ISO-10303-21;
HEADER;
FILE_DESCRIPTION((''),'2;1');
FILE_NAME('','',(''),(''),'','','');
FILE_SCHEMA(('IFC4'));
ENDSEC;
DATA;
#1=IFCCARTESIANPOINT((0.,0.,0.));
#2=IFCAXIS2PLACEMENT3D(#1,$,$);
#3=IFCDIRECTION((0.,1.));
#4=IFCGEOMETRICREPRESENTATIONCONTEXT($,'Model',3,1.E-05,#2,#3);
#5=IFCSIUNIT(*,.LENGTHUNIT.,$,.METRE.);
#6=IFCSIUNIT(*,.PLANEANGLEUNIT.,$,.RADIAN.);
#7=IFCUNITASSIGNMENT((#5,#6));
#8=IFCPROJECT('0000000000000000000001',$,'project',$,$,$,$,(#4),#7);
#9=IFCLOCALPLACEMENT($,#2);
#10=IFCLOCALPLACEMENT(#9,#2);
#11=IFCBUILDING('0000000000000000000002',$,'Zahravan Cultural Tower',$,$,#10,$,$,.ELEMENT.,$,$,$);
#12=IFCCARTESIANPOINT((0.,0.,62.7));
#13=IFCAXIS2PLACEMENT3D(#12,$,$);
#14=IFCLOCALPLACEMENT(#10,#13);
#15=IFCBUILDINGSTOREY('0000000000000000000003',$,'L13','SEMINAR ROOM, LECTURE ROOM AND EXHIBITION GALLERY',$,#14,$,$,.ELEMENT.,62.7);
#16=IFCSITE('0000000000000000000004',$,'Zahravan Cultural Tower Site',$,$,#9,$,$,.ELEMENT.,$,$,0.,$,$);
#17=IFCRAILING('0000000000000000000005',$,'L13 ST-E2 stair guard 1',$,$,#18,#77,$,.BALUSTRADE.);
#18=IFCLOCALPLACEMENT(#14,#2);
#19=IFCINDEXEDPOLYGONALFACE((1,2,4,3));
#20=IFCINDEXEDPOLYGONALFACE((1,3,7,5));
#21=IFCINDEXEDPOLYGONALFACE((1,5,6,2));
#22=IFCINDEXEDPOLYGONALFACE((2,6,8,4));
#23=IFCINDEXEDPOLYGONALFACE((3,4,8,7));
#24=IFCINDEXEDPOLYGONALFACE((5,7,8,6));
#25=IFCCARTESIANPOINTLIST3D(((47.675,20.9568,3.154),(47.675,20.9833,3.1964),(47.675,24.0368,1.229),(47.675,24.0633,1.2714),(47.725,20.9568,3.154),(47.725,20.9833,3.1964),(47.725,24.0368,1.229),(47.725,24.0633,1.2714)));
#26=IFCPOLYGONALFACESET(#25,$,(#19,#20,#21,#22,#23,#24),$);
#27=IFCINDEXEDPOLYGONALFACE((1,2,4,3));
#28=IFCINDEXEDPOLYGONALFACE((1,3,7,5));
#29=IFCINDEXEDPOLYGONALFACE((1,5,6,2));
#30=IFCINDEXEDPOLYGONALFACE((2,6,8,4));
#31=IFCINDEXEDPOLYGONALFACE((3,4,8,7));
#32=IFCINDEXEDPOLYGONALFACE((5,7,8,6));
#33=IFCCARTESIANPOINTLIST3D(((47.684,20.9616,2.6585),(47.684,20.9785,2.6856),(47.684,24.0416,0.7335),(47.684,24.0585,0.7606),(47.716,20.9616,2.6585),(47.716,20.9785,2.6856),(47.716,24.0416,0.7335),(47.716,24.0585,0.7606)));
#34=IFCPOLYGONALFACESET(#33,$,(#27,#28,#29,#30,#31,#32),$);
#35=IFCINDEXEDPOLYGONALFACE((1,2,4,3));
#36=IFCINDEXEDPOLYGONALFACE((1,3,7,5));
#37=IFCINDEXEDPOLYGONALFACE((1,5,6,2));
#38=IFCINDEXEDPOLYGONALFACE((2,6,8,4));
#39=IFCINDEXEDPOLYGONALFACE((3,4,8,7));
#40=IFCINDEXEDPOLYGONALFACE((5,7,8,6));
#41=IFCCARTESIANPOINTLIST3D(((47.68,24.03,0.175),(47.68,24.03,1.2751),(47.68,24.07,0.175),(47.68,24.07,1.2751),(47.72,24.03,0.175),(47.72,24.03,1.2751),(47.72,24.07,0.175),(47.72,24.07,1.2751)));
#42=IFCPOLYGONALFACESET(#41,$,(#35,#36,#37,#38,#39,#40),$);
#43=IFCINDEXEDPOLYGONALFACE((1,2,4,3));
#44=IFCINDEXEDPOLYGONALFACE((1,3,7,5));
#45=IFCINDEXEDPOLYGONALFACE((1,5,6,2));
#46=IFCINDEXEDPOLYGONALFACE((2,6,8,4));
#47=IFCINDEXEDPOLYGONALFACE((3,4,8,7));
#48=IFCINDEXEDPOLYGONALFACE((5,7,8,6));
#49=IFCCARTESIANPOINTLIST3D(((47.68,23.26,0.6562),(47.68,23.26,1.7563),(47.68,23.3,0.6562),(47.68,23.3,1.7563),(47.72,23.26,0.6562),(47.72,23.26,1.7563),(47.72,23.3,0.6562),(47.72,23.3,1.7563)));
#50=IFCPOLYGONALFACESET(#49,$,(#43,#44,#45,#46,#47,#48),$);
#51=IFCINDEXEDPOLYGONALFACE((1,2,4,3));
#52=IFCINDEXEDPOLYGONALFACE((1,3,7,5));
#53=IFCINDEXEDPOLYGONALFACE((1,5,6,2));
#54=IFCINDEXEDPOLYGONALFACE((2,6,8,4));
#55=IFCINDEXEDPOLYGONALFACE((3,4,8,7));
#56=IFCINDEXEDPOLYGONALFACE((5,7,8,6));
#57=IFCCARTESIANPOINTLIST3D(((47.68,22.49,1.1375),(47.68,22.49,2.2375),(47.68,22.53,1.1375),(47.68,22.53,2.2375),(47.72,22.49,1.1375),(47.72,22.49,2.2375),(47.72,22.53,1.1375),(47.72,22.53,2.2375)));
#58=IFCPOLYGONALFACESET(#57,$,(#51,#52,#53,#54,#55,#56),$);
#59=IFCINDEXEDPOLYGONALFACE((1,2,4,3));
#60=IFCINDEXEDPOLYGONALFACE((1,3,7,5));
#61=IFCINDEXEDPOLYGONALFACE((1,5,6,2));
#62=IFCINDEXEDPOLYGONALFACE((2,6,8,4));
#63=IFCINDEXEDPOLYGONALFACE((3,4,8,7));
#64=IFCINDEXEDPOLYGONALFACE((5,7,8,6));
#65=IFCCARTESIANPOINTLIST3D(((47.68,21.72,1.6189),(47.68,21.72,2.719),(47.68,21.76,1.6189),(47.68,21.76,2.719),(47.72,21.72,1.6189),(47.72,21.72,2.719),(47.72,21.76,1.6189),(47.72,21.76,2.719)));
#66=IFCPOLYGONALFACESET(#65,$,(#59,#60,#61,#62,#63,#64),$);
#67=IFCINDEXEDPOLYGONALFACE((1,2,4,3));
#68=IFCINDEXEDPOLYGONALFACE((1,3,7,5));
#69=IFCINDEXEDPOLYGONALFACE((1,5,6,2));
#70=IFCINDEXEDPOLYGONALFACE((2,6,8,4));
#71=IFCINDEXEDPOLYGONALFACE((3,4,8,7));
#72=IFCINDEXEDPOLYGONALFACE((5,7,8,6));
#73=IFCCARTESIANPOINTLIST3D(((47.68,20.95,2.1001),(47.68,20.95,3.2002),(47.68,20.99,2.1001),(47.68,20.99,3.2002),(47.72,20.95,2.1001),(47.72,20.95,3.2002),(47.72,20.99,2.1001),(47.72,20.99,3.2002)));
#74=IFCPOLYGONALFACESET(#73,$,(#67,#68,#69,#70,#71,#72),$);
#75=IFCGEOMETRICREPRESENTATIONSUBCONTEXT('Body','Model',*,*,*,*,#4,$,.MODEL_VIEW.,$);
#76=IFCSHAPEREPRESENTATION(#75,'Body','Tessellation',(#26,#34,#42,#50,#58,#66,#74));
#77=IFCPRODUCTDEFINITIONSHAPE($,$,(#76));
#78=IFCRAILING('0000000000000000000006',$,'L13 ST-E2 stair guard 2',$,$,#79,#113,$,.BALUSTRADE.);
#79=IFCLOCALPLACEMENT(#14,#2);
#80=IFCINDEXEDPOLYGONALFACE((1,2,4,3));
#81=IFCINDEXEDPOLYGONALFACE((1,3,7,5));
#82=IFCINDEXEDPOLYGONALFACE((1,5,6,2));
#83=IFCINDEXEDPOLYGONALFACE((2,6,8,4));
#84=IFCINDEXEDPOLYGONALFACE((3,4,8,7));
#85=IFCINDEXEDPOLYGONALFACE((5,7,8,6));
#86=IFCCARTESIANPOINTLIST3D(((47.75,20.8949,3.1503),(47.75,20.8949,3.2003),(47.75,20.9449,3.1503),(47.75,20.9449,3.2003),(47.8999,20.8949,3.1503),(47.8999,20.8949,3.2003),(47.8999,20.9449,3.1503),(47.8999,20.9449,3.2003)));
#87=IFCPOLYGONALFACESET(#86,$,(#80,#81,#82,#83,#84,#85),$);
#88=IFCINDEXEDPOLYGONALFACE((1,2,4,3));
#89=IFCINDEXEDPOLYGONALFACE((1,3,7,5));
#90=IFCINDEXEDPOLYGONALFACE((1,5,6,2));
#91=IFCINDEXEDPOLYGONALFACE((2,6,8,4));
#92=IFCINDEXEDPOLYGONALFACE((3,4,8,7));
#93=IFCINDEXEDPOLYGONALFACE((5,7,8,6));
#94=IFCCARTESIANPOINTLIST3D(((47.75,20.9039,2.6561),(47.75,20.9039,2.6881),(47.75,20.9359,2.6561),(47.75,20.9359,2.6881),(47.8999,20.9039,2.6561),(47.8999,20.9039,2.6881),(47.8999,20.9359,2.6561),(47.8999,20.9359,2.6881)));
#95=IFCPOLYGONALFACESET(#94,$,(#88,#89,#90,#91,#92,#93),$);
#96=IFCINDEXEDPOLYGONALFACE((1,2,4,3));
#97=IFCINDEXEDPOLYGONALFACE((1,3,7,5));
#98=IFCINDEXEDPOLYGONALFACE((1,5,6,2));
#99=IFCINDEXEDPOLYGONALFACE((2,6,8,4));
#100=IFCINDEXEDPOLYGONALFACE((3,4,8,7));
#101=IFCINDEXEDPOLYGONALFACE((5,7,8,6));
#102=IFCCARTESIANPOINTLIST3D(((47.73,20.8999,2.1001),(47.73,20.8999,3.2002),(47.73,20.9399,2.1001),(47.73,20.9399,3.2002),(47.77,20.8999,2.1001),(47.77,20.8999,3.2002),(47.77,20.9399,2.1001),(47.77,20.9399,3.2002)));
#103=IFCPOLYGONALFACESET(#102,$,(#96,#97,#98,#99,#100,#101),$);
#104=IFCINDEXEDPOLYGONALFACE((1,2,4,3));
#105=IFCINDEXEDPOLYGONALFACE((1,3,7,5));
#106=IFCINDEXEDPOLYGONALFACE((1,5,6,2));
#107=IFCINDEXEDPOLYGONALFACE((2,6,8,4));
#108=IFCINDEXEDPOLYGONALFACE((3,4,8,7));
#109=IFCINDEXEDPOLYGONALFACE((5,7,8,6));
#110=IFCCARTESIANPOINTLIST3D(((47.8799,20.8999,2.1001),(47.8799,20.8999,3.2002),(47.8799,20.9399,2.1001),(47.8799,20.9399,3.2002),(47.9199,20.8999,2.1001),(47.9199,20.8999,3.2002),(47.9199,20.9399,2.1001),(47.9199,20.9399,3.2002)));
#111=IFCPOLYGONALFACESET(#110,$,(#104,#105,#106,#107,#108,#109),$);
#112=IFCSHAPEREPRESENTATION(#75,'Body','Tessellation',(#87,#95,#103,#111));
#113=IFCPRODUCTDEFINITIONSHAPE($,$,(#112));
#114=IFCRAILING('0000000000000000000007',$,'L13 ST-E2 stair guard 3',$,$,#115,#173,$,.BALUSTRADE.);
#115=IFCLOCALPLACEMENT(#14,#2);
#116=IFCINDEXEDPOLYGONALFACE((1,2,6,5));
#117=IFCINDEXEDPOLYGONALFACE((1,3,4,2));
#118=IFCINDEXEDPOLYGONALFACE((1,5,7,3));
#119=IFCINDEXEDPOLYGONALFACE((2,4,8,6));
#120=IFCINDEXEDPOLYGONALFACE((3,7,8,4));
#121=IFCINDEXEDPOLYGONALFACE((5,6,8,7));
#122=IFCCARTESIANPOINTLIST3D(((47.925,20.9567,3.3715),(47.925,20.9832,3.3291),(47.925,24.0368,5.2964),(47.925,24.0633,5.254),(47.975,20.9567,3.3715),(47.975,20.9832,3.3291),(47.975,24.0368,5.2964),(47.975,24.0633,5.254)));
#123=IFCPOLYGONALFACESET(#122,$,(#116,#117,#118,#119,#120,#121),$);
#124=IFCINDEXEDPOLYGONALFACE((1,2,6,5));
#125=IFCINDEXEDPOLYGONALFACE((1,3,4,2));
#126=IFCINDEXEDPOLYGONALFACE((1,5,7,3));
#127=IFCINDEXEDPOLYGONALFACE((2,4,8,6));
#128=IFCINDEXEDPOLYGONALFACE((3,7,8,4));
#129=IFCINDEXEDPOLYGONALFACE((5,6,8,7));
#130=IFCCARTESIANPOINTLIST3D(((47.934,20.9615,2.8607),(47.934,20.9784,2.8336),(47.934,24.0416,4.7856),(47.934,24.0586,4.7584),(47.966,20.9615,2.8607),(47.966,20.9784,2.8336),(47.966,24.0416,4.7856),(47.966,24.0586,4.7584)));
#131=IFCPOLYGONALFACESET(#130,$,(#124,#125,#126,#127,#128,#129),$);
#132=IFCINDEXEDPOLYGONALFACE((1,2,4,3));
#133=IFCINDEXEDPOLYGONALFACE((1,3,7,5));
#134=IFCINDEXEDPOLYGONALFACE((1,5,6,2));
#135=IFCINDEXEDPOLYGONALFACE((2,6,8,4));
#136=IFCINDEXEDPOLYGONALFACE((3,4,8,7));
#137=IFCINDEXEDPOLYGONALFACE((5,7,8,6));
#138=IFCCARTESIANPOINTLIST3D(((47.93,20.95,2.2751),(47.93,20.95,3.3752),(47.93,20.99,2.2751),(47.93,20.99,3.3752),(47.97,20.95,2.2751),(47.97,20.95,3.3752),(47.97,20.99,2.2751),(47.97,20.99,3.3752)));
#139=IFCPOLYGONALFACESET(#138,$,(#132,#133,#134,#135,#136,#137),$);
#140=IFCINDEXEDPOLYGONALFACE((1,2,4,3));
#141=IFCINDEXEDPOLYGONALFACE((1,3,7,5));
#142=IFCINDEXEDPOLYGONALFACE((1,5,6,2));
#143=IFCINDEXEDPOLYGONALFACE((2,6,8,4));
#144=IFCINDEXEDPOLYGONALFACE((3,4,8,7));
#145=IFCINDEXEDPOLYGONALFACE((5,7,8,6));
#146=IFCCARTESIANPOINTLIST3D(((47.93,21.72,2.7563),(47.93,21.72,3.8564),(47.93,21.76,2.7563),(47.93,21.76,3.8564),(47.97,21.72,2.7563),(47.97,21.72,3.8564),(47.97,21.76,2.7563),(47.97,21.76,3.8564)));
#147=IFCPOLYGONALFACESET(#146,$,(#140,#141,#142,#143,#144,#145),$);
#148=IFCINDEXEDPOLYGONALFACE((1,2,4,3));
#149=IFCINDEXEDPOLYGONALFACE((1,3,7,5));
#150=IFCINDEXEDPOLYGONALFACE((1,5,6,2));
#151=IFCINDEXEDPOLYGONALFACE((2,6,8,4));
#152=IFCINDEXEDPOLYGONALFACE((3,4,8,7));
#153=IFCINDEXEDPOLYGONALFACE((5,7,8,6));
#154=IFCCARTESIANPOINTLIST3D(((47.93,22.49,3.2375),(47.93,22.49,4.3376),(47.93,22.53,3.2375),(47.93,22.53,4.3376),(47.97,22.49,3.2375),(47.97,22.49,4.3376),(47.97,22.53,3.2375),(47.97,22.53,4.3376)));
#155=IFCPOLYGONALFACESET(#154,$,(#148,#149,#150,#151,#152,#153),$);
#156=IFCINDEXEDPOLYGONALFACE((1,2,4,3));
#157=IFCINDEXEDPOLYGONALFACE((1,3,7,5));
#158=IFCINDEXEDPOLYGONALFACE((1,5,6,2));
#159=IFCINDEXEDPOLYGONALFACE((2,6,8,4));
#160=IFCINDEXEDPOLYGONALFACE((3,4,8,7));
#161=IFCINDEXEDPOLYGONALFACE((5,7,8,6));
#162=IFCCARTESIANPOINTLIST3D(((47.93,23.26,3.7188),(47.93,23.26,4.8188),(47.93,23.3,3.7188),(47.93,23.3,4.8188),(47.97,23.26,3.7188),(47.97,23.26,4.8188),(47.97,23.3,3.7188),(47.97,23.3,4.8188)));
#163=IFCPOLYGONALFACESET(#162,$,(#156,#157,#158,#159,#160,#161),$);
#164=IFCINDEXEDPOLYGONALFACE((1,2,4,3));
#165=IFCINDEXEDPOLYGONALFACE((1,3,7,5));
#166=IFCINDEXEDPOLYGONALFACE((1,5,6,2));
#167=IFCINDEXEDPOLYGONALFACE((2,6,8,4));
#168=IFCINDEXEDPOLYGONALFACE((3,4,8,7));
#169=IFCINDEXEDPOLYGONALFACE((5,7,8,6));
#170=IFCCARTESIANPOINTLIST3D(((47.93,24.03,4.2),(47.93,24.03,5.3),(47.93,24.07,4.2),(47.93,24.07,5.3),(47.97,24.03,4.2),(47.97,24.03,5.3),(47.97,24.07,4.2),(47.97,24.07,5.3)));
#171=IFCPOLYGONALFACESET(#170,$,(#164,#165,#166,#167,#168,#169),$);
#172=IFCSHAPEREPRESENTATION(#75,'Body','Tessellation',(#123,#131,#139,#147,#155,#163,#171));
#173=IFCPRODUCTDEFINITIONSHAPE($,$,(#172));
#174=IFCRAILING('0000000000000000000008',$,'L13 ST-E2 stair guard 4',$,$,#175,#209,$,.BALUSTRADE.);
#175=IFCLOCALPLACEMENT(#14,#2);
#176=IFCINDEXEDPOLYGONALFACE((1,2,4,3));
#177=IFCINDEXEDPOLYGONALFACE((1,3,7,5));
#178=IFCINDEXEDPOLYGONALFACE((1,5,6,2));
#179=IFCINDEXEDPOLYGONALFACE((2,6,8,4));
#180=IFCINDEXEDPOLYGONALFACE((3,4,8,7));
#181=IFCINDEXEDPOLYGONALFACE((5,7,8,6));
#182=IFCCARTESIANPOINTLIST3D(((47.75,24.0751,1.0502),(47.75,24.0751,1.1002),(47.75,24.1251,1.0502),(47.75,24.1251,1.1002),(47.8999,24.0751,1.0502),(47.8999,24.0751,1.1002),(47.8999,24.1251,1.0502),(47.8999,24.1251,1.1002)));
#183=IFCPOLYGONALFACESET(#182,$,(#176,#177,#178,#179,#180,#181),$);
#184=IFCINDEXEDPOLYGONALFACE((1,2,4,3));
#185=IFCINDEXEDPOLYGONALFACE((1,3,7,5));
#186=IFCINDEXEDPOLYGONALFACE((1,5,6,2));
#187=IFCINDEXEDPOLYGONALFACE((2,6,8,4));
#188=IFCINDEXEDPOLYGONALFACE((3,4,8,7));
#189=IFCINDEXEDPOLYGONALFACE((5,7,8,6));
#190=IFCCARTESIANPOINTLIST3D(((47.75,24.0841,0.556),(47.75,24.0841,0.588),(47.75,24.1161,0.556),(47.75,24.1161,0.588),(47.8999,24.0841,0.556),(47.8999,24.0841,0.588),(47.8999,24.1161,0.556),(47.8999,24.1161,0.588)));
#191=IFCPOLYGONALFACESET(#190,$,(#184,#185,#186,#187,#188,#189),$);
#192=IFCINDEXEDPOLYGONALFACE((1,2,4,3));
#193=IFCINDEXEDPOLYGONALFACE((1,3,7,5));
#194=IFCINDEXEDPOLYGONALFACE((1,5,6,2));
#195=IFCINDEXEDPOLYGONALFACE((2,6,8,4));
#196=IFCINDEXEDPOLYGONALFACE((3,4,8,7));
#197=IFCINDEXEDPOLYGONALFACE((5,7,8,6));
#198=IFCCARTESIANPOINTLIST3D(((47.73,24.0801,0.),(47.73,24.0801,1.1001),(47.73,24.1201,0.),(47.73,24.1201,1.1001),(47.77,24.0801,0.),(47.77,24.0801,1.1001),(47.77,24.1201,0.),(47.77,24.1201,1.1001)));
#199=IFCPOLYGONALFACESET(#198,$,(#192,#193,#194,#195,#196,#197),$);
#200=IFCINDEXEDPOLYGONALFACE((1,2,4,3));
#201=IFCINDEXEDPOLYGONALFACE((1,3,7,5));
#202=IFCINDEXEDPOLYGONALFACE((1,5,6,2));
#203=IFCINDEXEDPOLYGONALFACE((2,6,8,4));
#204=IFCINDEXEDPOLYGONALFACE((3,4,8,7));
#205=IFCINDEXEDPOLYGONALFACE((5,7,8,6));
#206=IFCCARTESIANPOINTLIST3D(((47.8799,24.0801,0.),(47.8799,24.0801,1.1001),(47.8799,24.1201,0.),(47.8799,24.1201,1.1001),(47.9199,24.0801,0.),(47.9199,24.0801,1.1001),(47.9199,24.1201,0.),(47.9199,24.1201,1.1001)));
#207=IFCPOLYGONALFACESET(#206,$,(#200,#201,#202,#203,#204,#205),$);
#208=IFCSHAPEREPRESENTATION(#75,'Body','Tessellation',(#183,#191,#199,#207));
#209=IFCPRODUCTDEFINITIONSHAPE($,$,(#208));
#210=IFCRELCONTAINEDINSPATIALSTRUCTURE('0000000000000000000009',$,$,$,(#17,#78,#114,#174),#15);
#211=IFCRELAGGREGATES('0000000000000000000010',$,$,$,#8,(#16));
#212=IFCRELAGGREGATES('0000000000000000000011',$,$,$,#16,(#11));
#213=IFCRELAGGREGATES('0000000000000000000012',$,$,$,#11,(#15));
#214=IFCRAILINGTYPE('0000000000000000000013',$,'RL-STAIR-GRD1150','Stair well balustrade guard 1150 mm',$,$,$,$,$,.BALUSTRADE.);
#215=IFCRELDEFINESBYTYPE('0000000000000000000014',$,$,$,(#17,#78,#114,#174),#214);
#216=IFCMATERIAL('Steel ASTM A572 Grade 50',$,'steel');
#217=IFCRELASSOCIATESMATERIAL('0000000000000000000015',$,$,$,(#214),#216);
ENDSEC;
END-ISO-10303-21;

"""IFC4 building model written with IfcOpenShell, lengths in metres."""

from ifc_helpers import new_model, si_unit, direction, frame, origin, origin_2d, place, context, subcontext, project, spatial, rectangle, extrude, material, type_object, element, save


model = new_model("IFC4")

# Units and contexts
model_context = context("Model", 3, precision=1e-05, world=origin(), true_north=direction((0.0, 1.0)))
body_context = subcontext(model_context, "Body", "Model", "MODEL_VIEW")
ifc_project = project(units=[si_unit("LENGTHUNIT", "METRE"), si_unit("PLANEANGLEUNIT", "RADIAN")], contexts=[model_context])

# Site, building, storey
site_placement = place(None, origin())
site = spatial("IfcSite", under=ifc_project, at=site_placement, Name="Zahravan Cultural Tower Site", CompositionType="ELEMENT", RefElevation=0.0)
building_placement = place(site_placement, origin())
building = spatial("IfcBuilding", under=site, at=building_placement, Name="Zahravan Cultural Tower", CompositionType="ELEMENT")
storey_placement = place(building_placement, frame((0.0, 0.0, 62.7)))
storey = spatial("IfcBuildingStorey", under=building, at=storey_placement, Name="L13", Description="SEMINAR ROOM, LECTURE ROOM AND EXHIBITION GALLERY", CompositionType="ELEMENT", Elevation=62.7)

# Shared definitions
ifc_material_1 = material(Name="Steel ASTM A572 Grade 50", Category="steel")

# Railings
railing_type_1 = type_object("IfcRailingType", Name="RL-STAIR-GRD1150", Description="Stair well balustrade guard 1150 mm", PredefinedType="BALUSTRADE", material=ifc_material_1)
railing_1_placement = place(storey_placement, frame((47.7, 24.05, 0.175)))
element("IfcRailing", 1, at=railing_1_placement, inside=storey, type_object=railing_type_1, Name="L13 ST-E2 stair guard 1", PredefinedType="BALUSTRADE", context=body_context, shape_type="SweptSolid", body=[
    extrude(rectangle(XDim=0.05, YDim=0.05, at=origin_2d()), frame((0.0, 0.0, 1.0752), z_axis=(0.0, -0.847998, 0.529999), x_axis=(1.0, 0.0, 0.0)), (0.0, 0.0, 1.0), 3.6321),
    extrude(rectangle(XDim=0.032, YDim=0.032, at=origin_2d()), frame((0.0, 0.0, 0.572), z_axis=(0.0, -0.847998, 0.529999), x_axis=(1.0, 0.0, 0.0)), (0.0, 0.0, 1.0), 3.6321),
    extrude(rectangle(XDim=0.04, YDim=0.04, at=origin_2d()), origin(), (0.0, 0.0, 1.0), 1.1001),
    extrude(rectangle(XDim=0.04, YDim=0.04, at=origin_2d()), frame((0.0, -0.77, 0.4812)), (0.0, 0.0, 1.0), 1.1001),
    extrude(rectangle(XDim=0.04, YDim=0.04, at=origin_2d()), frame((0.0, -1.54, 0.9624)), (0.0, 0.0, 1.0), 1.1001),
    extrude(rectangle(XDim=0.04, YDim=0.04, at=origin_2d()), frame((0.0, -2.3101, 1.4438)), (0.0, 0.0, 1.0), 1.1001),
    extrude(rectangle(XDim=0.04, YDim=0.04, at=origin_2d()), frame((0.0, -3.0801, 1.925)), (0.0, 0.0, 1.0), 1.1001),
])
railing_2_placement = place(storey_placement, frame((47.75, 20.9199, 2.1001)))
element("IfcRailing", 2, at=railing_2_placement, inside=storey, type_object=railing_type_1, Name="L13 ST-E2 stair guard 2", PredefinedType="BALUSTRADE", context=body_context, shape_type="SweptSolid", body=[
    extrude(rectangle(XDim=0.05, YDim=0.05, at=origin_2d()), frame((0.0, 0.0, 1.0752), z_axis=(1.0, 0.0, 0.0), x_axis=(0.0, 1.0, 0.0)), (0.0, 0.0, 1.0), 0.1499),
    extrude(rectangle(XDim=0.032, YDim=0.032, at=origin_2d()), frame((0.0, 0.0, 0.572), z_axis=(1.0, 0.0, 0.0), x_axis=(0.0, 1.0, 0.0)), (0.0, 0.0, 1.0), 0.1499),
    extrude(rectangle(XDim=0.04, YDim=0.04, at=origin_2d()), origin(), (0.0, 0.0, 1.0), 1.1001),
    extrude(rectangle(XDim=0.04, YDim=0.04, at=origin_2d()), frame((0.1499, 0.0, 0.0)), (0.0, 0.0, 1.0), 1.1001),
])
railing_3_placement = place(storey_placement, frame((47.95, 20.97, 2.2751)))
element("IfcRailing", 3, at=railing_3_placement, inside=storey, type_object=railing_type_1, Name="L13 ST-E2 stair guard 3", PredefinedType="BALUSTRADE", context=body_context, shape_type="SweptSolid", body=[
    extrude(rectangle(XDim=0.05, YDim=0.05, at=origin_2d()), frame((0.0, 0.0, 1.0752), z_axis=(0.0, 0.848029, 0.529951), x_axis=(-1.0, 0.0, 0.0)), (0.0, 0.0, 1.0), 3.6321),
    extrude(rectangle(XDim=0.032, YDim=0.032, at=origin_2d()), frame((0.0, 0.0, 0.572), z_axis=(0.0, 0.848029, 0.529951), x_axis=(-1.0, 0.0, 0.0)), (0.0, 0.0, 1.0), 3.6321),
    extrude(rectangle(XDim=0.04, YDim=0.04, at=origin_2d()), origin(), (0.0, 0.0, 1.0), 1.1001),
    extrude(rectangle(XDim=0.04, YDim=0.04, at=origin_2d()), frame((0.0, 0.77, 0.4812)), (0.0, 0.0, 1.0), 1.1001),
    extrude(rectangle(XDim=0.04, YDim=0.04, at=origin_2d()), frame((0.0, 1.54, 0.9624)), (0.0, 0.0, 1.0), 1.1001),
    extrude(rectangle(XDim=0.04, YDim=0.04, at=origin_2d()), frame((0.0, 2.3101, 1.4436)), (0.0, 0.0, 1.0), 1.1001),
    extrude(rectangle(XDim=0.04, YDim=0.04, at=origin_2d()), frame((0.0, 3.0801, 1.9248)), (0.0, 0.0, 1.0), 1.1001),
])
railing_4_placement = place(storey_placement, frame((47.75, 24.1001, 0.0)))
element("IfcRailing", 4, at=railing_4_placement, inside=storey, type_object=railing_type_1, Name="L13 ST-E2 stair guard 4", PredefinedType="BALUSTRADE", context=body_context, shape_type="SweptSolid", body=[
    extrude(rectangle(XDim=0.05, YDim=0.05, at=origin_2d()), frame((0.0, 0.0, 1.0752), z_axis=(1.0, 0.0, 0.0), x_axis=(0.0, 1.0, 0.0)), (0.0, 0.0, 1.0), 0.1499),
    extrude(rectangle(XDim=0.032, YDim=0.032, at=origin_2d()), frame((0.0, 0.0, 0.572), z_axis=(1.0, 0.0, 0.0), x_axis=(0.0, 1.0, 0.0)), (0.0, 0.0, 1.0), 0.1499),
    extrude(rectangle(XDim=0.04, YDim=0.04, at=origin_2d()), origin(), (0.0, 0.0, 1.0), 1.1001),
    extrude(rectangle(XDim=0.04, YDim=0.04, at=origin_2d()), frame((0.1499, 0.0, 0.0)), (0.0, 0.0, 1.0), 1.1001),
])

save(model, "model.ifc")
